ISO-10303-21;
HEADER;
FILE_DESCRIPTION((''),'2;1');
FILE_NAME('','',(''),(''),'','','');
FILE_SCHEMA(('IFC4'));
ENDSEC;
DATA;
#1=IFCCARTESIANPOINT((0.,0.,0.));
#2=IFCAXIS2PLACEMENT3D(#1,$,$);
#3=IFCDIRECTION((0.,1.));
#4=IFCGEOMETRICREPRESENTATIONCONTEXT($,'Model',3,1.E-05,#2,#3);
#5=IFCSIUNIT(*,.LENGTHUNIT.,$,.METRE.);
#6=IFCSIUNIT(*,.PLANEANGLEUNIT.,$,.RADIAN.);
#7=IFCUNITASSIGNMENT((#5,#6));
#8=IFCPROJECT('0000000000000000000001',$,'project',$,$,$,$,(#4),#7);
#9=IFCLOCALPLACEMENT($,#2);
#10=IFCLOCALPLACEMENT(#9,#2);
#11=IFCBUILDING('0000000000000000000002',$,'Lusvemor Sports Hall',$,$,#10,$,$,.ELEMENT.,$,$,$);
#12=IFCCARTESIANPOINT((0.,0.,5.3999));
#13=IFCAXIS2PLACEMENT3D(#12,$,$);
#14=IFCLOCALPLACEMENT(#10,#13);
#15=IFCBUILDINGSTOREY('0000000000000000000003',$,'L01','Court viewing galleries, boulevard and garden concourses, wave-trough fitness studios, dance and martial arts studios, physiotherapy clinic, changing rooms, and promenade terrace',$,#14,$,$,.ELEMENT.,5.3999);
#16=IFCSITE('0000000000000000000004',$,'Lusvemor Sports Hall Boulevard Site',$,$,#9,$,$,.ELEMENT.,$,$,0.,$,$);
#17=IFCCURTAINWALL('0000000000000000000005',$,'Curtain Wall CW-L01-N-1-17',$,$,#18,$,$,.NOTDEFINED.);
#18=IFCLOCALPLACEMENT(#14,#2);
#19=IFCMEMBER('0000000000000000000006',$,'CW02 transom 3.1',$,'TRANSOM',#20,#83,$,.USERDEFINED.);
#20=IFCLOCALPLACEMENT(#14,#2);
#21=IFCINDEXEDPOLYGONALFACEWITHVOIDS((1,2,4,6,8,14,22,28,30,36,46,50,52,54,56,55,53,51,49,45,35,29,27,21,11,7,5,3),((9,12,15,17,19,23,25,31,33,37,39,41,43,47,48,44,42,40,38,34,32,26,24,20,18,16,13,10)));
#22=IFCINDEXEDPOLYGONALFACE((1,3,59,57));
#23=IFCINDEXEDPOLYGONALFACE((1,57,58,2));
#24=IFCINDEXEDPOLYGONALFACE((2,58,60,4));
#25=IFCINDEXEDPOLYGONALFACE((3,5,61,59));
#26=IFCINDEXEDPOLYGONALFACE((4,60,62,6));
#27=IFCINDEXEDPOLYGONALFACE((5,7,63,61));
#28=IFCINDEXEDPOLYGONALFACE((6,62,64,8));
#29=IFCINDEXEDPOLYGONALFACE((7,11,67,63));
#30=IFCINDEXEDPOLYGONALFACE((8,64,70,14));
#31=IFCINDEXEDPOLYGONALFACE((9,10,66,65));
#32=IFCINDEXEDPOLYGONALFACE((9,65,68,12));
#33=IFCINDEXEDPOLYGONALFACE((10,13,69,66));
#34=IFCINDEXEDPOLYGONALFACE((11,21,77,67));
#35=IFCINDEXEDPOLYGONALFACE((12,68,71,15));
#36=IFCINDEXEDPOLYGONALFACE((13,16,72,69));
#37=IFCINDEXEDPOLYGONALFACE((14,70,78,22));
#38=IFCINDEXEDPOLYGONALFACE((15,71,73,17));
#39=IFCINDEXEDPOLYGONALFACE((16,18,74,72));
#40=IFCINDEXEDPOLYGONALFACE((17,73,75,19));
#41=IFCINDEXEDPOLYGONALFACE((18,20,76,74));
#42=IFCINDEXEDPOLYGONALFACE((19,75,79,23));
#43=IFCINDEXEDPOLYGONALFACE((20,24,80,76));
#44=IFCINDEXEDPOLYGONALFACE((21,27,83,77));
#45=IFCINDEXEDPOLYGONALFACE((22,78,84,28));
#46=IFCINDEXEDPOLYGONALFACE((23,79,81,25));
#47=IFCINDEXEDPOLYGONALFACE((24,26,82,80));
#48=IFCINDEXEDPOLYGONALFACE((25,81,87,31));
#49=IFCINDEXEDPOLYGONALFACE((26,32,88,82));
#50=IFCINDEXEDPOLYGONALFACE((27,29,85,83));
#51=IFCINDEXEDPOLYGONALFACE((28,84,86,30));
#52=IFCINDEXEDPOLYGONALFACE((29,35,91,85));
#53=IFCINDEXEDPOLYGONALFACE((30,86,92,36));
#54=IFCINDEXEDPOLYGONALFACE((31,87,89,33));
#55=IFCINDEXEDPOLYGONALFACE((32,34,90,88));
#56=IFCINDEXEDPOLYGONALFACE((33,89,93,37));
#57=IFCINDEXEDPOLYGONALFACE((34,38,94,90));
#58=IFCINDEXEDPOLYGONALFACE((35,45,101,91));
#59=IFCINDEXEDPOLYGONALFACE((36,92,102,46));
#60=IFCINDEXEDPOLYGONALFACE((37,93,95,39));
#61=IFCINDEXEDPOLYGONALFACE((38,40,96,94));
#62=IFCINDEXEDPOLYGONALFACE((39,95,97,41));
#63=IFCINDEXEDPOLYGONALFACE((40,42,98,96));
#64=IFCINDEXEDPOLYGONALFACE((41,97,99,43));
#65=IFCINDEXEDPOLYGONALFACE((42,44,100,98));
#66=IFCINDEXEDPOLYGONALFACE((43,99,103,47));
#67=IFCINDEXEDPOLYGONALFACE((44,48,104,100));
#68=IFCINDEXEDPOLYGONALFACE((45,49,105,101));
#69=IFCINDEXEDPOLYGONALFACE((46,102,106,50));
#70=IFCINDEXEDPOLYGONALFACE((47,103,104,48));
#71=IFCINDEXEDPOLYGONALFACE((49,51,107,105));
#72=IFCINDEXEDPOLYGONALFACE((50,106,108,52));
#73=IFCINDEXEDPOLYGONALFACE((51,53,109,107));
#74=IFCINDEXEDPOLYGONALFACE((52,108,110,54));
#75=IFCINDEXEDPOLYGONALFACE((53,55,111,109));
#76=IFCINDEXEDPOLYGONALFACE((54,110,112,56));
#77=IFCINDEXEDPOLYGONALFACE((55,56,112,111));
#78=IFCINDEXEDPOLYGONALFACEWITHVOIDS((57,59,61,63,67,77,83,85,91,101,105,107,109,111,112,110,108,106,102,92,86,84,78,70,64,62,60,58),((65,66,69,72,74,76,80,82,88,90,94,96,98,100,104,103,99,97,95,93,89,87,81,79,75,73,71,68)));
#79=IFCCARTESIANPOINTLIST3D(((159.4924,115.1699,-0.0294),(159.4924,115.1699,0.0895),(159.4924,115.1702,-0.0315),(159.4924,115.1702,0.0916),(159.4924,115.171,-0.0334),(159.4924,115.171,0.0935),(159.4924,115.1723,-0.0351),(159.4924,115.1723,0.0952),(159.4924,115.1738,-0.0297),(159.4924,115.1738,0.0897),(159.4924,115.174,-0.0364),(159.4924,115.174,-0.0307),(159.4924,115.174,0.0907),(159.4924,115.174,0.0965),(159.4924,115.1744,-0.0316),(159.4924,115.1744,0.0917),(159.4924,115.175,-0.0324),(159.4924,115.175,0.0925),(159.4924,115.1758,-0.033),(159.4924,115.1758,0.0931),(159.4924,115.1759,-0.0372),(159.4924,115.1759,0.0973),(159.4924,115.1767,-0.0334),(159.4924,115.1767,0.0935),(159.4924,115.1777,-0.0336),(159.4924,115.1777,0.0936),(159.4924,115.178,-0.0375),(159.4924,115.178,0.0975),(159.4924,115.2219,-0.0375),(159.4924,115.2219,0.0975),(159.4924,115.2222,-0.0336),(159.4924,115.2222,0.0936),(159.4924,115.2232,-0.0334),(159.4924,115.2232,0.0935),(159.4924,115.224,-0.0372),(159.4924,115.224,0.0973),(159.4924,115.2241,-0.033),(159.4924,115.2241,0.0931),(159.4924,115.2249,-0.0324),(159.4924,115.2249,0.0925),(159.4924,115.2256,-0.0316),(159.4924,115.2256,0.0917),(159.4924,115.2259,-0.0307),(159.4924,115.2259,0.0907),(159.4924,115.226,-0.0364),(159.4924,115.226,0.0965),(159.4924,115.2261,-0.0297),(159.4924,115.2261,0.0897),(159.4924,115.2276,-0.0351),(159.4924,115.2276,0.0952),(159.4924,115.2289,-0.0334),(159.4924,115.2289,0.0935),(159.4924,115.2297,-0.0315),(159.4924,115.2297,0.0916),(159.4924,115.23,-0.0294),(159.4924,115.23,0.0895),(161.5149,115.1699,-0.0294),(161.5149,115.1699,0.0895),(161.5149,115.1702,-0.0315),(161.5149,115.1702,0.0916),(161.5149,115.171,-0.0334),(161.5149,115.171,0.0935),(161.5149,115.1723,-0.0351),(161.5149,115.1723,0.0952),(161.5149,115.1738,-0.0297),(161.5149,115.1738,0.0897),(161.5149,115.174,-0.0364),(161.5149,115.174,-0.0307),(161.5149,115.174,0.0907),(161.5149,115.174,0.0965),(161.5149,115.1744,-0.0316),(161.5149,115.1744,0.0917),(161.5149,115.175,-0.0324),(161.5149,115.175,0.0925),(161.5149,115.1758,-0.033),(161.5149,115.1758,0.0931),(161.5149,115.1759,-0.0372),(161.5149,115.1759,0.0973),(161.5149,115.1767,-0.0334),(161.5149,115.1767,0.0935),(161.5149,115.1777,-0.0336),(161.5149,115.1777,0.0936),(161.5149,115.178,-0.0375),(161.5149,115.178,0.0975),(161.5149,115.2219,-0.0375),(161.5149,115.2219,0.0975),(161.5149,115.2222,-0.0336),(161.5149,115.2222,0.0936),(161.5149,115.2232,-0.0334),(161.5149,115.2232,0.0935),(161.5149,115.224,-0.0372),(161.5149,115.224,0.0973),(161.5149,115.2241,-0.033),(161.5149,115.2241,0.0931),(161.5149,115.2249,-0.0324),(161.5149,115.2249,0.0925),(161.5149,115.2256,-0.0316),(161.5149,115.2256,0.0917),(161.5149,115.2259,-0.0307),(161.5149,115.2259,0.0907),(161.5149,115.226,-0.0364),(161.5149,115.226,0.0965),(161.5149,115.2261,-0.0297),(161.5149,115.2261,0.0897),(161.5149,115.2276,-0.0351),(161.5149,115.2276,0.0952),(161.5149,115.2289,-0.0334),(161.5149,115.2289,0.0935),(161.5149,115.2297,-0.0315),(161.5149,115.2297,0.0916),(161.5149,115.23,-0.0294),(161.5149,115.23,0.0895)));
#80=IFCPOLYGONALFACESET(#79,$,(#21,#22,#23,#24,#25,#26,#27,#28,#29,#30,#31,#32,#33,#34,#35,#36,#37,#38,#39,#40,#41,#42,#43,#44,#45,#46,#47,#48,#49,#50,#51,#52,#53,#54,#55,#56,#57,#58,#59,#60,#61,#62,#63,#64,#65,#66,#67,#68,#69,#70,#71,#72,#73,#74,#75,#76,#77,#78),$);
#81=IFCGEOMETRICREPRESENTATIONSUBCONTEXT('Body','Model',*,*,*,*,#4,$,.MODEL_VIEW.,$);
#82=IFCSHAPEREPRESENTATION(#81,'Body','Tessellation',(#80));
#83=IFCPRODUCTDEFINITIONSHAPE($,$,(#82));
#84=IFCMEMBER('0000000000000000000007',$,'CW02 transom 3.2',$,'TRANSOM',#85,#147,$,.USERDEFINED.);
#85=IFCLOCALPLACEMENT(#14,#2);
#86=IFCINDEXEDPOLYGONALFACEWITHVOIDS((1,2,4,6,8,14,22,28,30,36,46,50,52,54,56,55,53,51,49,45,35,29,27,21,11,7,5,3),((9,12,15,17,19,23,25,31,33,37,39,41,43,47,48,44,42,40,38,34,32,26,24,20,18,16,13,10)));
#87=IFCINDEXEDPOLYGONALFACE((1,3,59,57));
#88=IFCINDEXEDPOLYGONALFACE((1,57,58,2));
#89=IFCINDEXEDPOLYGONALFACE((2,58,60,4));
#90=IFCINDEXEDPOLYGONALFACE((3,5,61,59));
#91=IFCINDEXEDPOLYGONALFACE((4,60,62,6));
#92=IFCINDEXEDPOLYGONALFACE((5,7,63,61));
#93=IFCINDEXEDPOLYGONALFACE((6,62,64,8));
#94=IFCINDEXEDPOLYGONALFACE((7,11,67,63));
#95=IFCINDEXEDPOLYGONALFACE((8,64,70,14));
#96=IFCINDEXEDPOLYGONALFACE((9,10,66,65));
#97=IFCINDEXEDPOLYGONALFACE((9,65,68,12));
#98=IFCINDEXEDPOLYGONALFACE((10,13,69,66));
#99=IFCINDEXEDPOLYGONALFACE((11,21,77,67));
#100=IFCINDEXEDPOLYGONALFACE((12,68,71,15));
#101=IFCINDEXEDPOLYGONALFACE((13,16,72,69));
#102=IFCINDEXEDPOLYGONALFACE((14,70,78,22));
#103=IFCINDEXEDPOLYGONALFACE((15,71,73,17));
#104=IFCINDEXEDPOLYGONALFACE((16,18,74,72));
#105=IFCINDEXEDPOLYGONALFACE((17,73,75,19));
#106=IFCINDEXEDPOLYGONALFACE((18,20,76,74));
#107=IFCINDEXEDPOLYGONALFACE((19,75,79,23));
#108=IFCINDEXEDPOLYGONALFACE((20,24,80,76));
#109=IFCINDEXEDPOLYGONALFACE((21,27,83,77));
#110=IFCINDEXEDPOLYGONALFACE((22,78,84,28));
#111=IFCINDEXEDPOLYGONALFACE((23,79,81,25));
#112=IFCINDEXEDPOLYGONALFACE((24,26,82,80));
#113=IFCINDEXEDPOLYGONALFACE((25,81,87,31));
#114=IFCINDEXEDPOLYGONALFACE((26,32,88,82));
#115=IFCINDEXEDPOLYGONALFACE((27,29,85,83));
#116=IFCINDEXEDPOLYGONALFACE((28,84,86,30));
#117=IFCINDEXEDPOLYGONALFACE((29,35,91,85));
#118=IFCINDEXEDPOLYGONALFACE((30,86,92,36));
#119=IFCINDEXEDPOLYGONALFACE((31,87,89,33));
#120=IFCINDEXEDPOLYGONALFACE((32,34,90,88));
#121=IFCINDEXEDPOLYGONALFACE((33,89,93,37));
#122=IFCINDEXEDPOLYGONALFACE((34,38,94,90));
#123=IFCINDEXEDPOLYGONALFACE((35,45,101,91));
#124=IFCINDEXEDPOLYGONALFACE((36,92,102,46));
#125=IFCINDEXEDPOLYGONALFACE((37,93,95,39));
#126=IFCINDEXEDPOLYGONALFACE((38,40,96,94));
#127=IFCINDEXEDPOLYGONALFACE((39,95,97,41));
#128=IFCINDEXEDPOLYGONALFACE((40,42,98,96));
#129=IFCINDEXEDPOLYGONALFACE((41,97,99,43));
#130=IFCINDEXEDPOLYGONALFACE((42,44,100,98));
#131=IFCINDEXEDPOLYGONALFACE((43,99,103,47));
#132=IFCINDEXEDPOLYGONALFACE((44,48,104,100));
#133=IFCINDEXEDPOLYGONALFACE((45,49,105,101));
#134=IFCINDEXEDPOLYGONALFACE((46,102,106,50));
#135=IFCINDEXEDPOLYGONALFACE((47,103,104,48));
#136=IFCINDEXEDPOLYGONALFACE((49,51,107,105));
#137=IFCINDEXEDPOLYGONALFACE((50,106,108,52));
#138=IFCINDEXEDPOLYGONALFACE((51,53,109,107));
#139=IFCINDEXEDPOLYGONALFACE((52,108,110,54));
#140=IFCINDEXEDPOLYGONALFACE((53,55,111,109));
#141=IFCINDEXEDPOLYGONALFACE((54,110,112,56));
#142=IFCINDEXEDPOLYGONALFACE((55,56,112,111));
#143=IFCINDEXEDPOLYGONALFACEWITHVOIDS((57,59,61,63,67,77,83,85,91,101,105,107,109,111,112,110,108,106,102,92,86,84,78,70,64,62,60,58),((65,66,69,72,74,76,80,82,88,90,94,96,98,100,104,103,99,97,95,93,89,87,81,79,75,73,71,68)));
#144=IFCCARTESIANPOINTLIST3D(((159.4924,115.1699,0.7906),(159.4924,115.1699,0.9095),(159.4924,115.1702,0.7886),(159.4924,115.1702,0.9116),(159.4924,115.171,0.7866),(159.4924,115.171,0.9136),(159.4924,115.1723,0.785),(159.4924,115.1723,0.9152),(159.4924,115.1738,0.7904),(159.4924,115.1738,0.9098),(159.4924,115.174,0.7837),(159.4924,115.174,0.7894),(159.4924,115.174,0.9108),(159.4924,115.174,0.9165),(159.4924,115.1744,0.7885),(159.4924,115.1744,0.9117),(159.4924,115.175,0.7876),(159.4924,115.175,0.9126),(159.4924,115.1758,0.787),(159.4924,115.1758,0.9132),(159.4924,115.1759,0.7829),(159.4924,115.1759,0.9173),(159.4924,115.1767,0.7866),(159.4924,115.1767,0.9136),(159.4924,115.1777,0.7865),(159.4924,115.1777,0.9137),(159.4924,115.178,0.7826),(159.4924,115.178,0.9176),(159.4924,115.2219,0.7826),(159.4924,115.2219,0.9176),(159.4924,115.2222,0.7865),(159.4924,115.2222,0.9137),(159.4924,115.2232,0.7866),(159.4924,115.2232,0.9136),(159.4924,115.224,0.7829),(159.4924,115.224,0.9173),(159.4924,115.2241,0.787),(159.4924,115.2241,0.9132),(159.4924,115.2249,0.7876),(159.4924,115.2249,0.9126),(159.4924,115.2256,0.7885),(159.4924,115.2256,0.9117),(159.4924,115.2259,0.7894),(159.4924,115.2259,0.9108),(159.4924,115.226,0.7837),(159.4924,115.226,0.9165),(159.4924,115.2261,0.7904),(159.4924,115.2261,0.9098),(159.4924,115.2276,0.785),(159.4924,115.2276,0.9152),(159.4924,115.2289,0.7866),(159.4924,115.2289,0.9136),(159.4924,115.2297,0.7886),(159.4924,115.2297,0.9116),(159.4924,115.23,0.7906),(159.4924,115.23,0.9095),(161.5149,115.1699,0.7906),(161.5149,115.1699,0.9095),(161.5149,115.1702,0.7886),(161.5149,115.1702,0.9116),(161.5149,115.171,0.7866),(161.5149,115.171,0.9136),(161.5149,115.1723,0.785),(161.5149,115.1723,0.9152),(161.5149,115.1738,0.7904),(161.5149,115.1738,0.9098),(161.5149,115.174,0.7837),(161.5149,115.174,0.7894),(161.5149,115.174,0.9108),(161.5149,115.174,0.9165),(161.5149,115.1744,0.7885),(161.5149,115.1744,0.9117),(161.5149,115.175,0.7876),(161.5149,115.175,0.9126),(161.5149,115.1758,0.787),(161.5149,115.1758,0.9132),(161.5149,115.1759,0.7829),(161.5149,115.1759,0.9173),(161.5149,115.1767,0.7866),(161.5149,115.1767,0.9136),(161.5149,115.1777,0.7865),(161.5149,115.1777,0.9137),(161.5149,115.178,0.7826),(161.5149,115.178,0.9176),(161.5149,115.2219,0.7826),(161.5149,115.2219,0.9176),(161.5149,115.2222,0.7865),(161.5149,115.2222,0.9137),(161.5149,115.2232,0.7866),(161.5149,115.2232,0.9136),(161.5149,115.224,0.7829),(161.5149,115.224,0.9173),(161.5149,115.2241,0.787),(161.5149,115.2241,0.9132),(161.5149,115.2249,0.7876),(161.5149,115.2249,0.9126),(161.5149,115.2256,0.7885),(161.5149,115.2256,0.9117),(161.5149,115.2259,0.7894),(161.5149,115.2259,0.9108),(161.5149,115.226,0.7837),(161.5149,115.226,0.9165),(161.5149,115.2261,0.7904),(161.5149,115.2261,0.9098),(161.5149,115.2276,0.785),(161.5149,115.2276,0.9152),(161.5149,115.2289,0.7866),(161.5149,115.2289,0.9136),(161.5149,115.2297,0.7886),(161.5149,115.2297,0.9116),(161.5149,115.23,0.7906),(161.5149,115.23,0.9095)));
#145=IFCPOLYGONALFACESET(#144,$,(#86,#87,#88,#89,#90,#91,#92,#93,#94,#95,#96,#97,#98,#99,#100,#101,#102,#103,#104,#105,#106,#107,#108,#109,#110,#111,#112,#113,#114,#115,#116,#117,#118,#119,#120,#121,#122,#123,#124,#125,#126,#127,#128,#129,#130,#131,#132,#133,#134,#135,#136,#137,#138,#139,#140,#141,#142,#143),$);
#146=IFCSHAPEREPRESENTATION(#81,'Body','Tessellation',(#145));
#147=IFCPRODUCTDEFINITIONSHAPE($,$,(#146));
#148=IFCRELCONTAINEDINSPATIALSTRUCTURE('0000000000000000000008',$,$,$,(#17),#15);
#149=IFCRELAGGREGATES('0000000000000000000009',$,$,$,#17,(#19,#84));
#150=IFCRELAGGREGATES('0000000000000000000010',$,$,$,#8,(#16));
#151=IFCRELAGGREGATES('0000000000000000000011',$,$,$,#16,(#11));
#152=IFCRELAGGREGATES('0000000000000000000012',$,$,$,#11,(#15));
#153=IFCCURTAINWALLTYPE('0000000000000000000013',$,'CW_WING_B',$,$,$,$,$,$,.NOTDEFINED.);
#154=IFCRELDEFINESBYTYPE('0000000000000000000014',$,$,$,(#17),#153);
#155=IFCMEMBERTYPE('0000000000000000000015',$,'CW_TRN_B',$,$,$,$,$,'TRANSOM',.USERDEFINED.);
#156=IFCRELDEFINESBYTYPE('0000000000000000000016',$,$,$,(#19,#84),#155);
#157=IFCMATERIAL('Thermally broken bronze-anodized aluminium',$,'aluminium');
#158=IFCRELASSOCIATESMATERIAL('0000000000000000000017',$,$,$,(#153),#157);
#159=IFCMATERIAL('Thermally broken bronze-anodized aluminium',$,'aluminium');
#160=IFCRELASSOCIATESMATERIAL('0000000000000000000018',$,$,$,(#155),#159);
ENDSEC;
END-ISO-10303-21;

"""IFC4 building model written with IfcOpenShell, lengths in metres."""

from ifc_helpers import new_model, si_unit, direction, frame, origin, origin_2d, place, context, subcontext, project, spatial, hollow_rectangle, extrude, material, material_profile, profile_set, type_object, element, aggregate, save


model = new_model("IFC4")

# Units and contexts
model_context = context("Model", 3, precision=1e-05, world=origin(), true_north=direction((0.0, 1.0)))
body_context = subcontext(model_context, "Body", "Model", "MODEL_VIEW")
ifc_project = project(units=[si_unit("LENGTHUNIT", "METRE"), si_unit("PLANEANGLEUNIT", "RADIAN")], contexts=[model_context])

# Site, building, storey
site_placement = place(None, origin())
site = spatial("IfcSite", under=ifc_project, at=site_placement, Name="Lusvemor Sports Hall Boulevard Site", CompositionType="ELEMENT", RefElevation=0.0)
building_placement = place(site_placement, origin())
building = spatial("IfcBuilding", under=site, at=building_placement, Name="Lusvemor Sports Hall", CompositionType="ELEMENT")
storey_placement = place(building_placement, frame((0.0, 0.0, 5.3999)))
storey = spatial("IfcBuildingStorey", under=building, at=storey_placement, Name="L01", Description="Court viewing galleries, boulevard and garden concourses, wave-trough fitness studios, dance and martial arts studios, physiotherapy clinic, changing rooms, and promenade terrace", CompositionType="ELEMENT", Elevation=5.3999)

# Curtain wall, members
ifc_material_1 = material(Name="Thermally broken bronze-anodized aluminium", Category="aluminium")
curtain_wall_type = type_object("IfcCurtainWallType", Name="CW_WING_B", PredefinedType="NOTDEFINED", material=ifc_material_1)
curtain_wall_placement = place(storey_placement, origin())
curtain_wall = element("IfcCurtainWall", 1, at=curtain_wall_placement, inside=storey, type_object=curtain_wall_type, Name="Curtain Wall CW-L01-N-1-17", PredefinedType="NOTDEFINED")
ifc_material_2 = material(Name="Thermally broken bronze-anodized aluminium", Category="aluminium")
ifc_material_profile_1 = material_profile(ifc_material_2, hollow_rectangle(XDim=0.0601, YDim=0.135, WallThickness=0.0039, InnerFilletRadius=0.0039, OuterFilletRadius=0.0081, at=origin_2d()), Name="CWTRN135x60x4")
ifc_profile_set_1 = profile_set([ifc_material_profile_1], Name="Thermally broken bronze-anodized aluminium")
member_type_1 = type_object("IfcMemberType", Name="CW_TRN_B", ElementType="TRANSOM", PredefinedType="USERDEFINED", material=ifc_profile_set_1)
member_1_placement = place(storey_placement, frame((159.4924, 115.2, 0.03), z_axis=(1.0, 0.0, 0.0), x_axis=(0.0, 1.0, 0.0)))
member_1 = element("IfcMember", 2, at=member_1_placement, type_object=member_type_1, Name="CW02 transom 3.1", ObjectType="TRANSOM", PredefinedType="USERDEFINED", context=body_context, shape_type="SweptSolid", body=[
    extrude(hollow_rectangle(XDim=0.0601, YDim=0.135, WallThickness=0.0039, InnerFilletRadius=0.0039, OuterFilletRadius=0.0081, at=origin_2d()), origin(), (0.0, 0.0, 1.0), 2.0225),
])
member_2_placement = place(storey_placement, frame((159.4924, 115.2, 0.8501), z_axis=(1.0, 0.0, 0.0), x_axis=(0.0, 1.0, 0.0)))
member_2 = element("IfcMember", 3, at=member_2_placement, type_object=member_type_1, Name="CW02 transom 3.2", ObjectType="TRANSOM", PredefinedType="USERDEFINED", context=body_context, shape_type="SweptSolid", body=[
    extrude(hollow_rectangle(XDim=0.0601, YDim=0.135, WallThickness=0.0039, InnerFilletRadius=0.0039, OuterFilletRadius=0.0081, at=origin_2d()), origin(), (0.0, 0.0, 1.0), 2.0225),
])

aggregate(curtain_wall, [member_1, member_2])

save(model, "model.ifc")
